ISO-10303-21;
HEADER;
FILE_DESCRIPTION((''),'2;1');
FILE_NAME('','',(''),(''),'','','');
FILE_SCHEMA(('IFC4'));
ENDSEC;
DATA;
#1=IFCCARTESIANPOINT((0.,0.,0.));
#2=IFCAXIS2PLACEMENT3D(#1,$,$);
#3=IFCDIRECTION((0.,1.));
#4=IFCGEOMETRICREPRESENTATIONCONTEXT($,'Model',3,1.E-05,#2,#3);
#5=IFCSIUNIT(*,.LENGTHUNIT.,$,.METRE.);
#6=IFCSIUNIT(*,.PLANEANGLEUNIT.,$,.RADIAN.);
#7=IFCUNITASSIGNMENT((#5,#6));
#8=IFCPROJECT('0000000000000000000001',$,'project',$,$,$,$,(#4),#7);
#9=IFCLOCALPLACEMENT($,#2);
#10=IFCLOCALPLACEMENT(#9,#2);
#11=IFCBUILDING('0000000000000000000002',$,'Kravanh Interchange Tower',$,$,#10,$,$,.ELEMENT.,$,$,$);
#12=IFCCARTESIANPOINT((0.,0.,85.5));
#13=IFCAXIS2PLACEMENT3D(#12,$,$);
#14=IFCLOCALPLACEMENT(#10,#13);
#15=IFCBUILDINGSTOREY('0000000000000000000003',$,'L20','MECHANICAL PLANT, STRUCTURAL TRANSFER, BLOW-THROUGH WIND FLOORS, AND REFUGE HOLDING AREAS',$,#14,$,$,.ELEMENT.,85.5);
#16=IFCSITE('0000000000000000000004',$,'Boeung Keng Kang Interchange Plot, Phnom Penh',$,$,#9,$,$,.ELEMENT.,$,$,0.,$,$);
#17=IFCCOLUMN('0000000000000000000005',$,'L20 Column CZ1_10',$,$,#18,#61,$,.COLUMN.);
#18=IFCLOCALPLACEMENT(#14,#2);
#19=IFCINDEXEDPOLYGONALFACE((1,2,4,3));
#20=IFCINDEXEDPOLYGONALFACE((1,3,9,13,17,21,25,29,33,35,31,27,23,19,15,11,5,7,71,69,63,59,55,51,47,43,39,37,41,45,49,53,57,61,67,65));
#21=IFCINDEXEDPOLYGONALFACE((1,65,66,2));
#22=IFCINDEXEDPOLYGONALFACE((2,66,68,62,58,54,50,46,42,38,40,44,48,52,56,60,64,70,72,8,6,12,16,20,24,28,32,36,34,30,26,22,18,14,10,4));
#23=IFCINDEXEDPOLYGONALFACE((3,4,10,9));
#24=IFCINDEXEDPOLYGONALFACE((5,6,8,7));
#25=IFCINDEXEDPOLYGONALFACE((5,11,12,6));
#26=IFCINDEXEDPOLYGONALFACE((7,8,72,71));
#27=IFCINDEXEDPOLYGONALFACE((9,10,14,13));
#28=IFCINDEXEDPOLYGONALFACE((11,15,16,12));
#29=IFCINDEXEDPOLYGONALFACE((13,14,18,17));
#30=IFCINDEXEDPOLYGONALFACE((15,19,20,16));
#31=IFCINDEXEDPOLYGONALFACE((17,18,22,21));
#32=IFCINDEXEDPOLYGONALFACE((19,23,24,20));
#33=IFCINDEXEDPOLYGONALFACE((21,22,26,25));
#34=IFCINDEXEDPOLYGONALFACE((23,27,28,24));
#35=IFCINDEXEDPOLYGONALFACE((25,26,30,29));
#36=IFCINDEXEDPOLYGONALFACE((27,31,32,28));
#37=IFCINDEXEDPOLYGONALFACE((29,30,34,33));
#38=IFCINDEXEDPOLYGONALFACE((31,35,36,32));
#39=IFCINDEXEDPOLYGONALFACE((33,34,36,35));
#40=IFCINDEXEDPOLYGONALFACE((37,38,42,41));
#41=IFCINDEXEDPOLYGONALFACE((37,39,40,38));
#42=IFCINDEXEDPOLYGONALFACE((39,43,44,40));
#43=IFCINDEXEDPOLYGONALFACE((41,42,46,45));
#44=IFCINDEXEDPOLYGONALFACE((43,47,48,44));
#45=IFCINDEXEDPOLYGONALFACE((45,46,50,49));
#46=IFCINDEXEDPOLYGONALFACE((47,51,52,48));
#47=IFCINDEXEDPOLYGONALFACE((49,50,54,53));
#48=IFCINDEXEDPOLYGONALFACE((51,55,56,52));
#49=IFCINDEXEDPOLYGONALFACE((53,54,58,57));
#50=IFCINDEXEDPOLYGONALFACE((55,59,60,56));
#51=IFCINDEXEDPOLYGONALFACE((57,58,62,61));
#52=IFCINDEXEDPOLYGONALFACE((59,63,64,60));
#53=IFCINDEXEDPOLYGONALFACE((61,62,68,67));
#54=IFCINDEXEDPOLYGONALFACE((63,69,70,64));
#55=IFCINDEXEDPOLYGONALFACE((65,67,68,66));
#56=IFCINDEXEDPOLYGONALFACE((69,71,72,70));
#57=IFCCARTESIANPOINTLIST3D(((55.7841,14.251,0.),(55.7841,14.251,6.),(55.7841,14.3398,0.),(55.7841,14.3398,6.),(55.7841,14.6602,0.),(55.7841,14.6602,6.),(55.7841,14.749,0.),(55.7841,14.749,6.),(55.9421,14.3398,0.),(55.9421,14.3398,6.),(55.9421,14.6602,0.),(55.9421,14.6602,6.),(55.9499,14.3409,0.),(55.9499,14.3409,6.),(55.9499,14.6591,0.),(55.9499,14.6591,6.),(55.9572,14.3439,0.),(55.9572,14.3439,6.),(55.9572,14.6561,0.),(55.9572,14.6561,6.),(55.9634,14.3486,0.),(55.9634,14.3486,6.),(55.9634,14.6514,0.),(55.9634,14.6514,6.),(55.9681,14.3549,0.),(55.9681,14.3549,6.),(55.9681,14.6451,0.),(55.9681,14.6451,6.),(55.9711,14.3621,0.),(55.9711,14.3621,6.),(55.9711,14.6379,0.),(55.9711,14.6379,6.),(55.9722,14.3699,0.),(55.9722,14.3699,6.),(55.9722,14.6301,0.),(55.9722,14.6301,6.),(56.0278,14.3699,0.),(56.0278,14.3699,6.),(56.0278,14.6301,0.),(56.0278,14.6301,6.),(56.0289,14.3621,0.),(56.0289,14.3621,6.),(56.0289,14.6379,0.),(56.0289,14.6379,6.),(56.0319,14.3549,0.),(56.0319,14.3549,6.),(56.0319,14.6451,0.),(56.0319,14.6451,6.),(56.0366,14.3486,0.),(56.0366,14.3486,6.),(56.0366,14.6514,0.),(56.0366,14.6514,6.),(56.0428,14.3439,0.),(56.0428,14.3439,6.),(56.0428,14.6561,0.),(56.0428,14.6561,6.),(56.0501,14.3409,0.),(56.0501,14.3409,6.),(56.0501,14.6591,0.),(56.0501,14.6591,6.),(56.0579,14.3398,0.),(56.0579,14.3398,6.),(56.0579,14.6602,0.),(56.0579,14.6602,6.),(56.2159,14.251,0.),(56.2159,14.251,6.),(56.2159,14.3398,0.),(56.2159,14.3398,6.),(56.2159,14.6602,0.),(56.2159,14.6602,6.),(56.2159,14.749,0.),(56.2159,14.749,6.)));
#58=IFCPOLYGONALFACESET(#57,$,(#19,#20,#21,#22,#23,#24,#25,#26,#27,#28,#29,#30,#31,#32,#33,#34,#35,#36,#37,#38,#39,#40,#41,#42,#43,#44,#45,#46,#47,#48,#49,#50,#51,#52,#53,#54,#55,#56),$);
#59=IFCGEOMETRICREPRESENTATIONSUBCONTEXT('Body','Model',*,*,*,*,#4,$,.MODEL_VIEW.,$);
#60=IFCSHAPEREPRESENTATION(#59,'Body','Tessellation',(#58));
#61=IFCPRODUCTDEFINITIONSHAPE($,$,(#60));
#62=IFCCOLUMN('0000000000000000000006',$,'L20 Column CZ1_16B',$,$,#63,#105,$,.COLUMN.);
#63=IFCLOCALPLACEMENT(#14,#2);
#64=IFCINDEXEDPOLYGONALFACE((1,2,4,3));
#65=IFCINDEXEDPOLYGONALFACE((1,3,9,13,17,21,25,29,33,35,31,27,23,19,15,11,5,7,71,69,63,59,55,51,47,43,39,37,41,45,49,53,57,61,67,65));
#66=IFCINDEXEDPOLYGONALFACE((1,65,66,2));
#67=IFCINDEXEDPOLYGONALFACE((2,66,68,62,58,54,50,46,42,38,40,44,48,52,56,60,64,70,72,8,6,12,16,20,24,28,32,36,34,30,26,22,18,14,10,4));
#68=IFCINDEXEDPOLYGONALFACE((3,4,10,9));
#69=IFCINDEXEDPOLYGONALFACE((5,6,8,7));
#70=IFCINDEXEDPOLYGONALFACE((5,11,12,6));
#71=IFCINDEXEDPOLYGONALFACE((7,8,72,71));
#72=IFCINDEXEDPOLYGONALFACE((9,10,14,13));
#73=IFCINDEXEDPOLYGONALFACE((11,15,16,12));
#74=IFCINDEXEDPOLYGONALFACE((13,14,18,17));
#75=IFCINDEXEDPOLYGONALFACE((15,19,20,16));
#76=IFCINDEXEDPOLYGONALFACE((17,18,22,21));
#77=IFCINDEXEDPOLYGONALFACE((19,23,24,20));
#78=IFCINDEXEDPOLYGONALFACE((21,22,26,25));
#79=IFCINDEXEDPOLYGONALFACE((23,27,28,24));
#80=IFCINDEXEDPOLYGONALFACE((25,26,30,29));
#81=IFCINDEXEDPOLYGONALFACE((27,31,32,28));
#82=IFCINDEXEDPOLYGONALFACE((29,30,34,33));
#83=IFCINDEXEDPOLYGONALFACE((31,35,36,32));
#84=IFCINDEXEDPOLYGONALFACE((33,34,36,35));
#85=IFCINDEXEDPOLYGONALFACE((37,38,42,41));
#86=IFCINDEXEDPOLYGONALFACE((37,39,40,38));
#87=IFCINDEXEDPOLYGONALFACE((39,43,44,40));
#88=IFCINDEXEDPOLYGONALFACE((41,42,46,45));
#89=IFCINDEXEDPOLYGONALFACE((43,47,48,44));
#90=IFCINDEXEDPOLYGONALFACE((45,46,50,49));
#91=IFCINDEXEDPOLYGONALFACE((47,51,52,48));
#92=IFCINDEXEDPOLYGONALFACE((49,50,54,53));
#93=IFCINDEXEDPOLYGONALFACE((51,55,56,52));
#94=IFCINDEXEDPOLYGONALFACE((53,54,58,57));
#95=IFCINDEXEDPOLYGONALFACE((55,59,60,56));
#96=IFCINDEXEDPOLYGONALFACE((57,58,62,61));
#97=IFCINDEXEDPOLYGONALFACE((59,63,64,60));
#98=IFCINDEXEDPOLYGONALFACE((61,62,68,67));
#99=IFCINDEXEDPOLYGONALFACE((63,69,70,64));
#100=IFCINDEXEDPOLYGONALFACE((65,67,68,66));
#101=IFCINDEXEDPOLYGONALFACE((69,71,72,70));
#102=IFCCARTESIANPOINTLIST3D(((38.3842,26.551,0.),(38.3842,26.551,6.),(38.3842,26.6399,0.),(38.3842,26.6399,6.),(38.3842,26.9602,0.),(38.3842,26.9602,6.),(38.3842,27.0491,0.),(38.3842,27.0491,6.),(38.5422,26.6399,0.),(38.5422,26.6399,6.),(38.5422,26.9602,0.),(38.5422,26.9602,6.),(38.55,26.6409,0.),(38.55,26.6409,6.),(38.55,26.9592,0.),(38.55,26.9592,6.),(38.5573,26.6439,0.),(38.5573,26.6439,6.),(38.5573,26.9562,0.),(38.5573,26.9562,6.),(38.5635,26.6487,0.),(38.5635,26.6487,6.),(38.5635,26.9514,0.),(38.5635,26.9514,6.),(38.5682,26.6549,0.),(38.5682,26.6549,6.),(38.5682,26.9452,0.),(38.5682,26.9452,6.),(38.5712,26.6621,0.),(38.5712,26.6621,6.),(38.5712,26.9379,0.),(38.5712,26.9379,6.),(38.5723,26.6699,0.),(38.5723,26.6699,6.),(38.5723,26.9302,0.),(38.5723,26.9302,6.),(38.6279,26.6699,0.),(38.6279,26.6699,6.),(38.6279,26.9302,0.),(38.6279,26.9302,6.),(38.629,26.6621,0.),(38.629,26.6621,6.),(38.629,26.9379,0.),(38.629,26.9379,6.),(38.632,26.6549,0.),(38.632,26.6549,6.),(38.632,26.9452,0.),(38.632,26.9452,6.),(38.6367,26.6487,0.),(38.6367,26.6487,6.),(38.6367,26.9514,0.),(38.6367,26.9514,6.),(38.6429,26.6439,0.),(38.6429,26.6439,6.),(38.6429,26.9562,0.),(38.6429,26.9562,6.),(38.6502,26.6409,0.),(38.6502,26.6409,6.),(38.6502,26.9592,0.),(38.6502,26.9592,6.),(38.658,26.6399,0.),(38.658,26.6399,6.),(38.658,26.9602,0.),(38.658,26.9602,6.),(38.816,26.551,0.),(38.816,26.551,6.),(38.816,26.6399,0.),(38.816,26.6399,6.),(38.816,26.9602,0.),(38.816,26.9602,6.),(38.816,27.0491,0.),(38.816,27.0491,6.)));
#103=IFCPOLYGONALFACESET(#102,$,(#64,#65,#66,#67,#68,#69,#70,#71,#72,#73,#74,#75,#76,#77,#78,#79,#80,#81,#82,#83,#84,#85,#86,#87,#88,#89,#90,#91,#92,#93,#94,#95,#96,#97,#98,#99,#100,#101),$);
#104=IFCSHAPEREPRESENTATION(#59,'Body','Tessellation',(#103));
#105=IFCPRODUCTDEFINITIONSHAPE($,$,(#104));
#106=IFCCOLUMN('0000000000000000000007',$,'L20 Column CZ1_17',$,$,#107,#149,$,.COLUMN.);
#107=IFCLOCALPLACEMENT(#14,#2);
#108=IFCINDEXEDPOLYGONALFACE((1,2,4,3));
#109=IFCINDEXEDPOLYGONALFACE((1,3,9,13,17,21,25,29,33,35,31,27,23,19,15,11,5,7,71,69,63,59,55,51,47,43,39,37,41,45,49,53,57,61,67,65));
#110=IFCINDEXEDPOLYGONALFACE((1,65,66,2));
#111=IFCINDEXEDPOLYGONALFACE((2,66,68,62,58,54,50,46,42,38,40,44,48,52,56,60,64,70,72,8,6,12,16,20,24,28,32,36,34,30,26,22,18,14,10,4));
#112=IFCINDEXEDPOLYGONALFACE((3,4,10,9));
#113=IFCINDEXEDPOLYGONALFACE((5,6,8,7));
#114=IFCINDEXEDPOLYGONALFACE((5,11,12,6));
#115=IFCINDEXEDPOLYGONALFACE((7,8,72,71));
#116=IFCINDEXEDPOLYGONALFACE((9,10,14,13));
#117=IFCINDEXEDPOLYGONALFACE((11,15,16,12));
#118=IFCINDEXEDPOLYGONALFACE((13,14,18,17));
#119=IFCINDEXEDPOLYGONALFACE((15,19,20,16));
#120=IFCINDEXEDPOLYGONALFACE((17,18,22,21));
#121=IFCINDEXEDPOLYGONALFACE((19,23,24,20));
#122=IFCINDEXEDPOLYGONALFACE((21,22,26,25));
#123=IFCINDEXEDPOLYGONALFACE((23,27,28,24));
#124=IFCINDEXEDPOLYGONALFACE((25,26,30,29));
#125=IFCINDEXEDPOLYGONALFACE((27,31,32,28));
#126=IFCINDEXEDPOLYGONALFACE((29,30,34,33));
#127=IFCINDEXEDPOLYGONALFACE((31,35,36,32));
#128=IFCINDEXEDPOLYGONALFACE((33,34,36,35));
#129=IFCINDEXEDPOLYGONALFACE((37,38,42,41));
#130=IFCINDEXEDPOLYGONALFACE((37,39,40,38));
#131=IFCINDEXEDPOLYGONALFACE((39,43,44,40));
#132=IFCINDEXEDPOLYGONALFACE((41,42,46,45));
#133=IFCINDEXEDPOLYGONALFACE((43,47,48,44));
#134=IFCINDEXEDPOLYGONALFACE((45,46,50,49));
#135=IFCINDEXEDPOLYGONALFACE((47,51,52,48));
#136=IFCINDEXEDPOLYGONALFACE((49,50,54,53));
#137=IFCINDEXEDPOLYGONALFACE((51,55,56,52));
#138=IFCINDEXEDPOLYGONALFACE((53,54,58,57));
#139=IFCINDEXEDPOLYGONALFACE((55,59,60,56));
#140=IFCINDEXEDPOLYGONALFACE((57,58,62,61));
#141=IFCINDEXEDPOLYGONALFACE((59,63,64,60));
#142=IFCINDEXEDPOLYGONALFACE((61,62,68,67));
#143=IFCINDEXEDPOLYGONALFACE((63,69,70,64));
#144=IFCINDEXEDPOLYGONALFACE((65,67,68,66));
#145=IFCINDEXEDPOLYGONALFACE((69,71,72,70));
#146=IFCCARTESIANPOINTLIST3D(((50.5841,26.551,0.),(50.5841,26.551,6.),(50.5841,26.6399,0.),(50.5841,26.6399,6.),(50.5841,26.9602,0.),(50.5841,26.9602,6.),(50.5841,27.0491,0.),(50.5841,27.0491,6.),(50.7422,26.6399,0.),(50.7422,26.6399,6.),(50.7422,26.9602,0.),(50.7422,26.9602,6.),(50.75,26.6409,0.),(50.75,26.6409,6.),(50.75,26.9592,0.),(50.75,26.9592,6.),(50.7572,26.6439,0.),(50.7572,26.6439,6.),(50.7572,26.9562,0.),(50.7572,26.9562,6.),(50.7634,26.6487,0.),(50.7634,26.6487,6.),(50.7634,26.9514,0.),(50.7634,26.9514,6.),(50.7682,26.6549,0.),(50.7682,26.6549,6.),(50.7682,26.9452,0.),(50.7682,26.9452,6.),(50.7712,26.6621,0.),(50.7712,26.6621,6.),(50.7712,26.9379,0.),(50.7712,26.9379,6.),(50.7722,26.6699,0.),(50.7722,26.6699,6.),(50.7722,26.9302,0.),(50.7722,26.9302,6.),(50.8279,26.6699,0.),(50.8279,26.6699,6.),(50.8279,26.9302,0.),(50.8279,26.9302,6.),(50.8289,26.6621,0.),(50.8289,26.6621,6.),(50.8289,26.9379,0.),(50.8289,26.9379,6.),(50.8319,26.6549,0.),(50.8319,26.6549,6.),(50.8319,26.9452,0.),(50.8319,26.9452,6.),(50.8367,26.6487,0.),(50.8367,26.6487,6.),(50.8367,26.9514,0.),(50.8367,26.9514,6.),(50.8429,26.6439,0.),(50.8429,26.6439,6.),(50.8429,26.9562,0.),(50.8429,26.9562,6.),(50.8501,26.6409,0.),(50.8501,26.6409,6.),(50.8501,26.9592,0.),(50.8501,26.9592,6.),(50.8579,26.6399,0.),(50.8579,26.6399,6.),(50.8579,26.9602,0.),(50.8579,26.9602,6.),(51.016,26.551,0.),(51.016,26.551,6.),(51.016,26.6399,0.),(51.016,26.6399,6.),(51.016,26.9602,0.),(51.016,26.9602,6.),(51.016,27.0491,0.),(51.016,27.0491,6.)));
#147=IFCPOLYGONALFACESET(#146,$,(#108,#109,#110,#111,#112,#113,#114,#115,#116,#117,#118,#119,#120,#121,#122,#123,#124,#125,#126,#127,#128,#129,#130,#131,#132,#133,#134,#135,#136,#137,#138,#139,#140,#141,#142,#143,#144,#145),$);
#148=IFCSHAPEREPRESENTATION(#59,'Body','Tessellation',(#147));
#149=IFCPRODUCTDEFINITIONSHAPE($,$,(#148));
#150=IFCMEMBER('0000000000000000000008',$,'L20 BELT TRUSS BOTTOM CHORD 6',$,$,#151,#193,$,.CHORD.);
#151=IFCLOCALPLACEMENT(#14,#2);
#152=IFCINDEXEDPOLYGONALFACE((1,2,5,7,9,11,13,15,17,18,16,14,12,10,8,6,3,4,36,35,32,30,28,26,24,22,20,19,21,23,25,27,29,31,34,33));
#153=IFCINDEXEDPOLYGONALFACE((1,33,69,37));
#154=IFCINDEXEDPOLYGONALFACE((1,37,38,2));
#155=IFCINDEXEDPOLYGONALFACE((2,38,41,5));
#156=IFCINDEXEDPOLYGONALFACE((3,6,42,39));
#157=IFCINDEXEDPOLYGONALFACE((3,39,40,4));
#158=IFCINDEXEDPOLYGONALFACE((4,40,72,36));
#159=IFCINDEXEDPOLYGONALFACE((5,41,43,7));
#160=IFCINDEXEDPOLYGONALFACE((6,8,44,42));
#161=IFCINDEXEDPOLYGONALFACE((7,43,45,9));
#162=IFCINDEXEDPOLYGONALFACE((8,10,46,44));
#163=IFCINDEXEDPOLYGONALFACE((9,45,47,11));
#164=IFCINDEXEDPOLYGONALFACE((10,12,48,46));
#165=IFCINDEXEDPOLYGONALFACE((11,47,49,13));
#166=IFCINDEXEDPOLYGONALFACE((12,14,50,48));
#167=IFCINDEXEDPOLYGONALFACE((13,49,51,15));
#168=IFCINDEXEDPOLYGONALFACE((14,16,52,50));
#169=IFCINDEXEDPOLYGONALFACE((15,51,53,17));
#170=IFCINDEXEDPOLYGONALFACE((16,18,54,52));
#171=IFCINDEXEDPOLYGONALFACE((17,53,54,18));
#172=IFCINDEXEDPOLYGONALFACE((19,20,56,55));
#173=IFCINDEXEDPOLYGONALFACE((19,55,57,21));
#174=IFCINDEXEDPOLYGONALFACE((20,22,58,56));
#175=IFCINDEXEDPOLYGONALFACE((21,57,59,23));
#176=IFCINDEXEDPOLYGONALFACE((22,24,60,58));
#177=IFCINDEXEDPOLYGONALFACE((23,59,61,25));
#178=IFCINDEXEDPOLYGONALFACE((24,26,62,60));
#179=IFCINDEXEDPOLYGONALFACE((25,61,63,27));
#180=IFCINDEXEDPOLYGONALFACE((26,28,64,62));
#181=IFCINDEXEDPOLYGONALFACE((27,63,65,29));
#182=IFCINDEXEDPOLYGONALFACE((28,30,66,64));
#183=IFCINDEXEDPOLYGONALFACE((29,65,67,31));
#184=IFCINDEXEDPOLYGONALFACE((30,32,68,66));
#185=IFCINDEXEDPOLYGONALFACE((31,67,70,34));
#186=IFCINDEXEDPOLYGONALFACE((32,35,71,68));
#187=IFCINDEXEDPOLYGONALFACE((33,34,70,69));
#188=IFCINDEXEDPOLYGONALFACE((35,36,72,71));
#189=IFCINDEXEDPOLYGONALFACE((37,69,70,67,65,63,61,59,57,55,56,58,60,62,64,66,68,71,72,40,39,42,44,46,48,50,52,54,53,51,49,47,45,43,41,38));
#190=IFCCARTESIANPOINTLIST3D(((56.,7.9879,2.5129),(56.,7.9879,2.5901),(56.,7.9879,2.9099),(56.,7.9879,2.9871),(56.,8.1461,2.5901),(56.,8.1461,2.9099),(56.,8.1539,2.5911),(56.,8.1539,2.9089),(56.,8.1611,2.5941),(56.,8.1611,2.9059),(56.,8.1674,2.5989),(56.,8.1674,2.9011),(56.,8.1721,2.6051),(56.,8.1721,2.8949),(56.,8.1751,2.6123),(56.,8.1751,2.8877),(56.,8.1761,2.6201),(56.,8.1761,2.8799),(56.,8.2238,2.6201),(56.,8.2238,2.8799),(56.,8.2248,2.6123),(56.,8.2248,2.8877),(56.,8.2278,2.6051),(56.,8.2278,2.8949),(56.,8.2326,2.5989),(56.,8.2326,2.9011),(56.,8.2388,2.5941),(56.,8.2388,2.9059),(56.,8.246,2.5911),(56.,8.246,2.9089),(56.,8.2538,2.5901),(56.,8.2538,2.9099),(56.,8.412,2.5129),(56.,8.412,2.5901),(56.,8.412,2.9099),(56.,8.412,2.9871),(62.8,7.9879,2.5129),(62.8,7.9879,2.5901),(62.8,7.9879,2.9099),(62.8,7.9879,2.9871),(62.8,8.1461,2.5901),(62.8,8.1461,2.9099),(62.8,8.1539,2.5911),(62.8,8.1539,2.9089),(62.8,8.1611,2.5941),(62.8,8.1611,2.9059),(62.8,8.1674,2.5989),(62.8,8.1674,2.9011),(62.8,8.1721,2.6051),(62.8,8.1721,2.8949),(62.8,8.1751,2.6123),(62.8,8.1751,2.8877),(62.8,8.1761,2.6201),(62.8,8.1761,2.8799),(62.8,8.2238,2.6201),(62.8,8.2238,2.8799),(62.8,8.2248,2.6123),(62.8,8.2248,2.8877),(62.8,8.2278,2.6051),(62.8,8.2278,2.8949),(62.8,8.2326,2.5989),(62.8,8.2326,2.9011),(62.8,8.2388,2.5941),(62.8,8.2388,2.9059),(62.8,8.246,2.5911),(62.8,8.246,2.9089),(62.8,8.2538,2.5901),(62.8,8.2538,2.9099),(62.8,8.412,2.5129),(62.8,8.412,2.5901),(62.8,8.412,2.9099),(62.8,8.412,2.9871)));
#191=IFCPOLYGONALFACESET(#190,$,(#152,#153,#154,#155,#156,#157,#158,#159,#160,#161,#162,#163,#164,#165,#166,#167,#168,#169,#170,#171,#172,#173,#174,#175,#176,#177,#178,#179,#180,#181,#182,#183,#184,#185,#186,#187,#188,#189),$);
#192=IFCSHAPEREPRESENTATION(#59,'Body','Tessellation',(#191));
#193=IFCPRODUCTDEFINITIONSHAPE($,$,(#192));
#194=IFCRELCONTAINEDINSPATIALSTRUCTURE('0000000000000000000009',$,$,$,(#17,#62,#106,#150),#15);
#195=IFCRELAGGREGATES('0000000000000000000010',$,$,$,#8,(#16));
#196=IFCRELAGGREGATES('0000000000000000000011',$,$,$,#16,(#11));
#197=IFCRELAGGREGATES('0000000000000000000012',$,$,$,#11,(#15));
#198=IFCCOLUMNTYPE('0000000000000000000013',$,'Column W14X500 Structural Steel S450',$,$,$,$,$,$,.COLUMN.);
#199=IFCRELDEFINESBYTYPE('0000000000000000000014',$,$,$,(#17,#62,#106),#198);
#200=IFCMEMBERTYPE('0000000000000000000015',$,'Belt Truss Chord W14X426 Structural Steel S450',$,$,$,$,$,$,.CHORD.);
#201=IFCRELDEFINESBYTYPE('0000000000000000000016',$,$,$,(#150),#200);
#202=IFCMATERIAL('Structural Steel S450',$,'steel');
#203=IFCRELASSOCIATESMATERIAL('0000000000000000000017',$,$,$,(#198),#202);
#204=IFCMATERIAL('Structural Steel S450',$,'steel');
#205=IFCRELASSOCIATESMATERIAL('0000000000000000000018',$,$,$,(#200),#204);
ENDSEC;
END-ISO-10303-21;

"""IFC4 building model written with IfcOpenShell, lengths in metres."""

from ifc_helpers import new_model, si_unit, direction, frame, origin, origin_2d, place, context, subcontext, project, spatial, i_section, extrude, material, material_profile, profile_set, type_object, element, save


model = new_model("IFC4")

# Units and contexts
model_context = context("Model", 3, precision=1e-05, world=origin(), true_north=direction((0.0, 1.0)))
body_context = subcontext(model_context, "Body", "Model", "MODEL_VIEW")
ifc_project = project(units=[si_unit("LENGTHUNIT", "METRE"), si_unit("PLANEANGLEUNIT", "RADIAN")], contexts=[model_context])

# Site, building, storey
site_placement = place(None, origin())
site = spatial("IfcSite", under=ifc_project, at=site_placement, Name="Boeung Keng Kang Interchange Plot, Phnom Penh", CompositionType="ELEMENT", RefElevation=0.0)
building_placement = place(site_placement, origin())
building = spatial("IfcBuilding", under=site, at=building_placement, Name="Kravanh Interchange Tower", CompositionType="ELEMENT")
storey_placement = place(building_placement, frame((0.0, 0.0, 85.5)))
storey = spatial("IfcBuildingStorey", under=building, at=storey_placement, Name="L20", Description="MECHANICAL PLANT, STRUCTURAL TRANSFER, BLOW-THROUGH WIND FLOORS, AND REFUGE HOLDING AREAS", CompositionType="ELEMENT", Elevation=85.5)

# Columns
ifc_material_1 = material(Name="Structural Steel S450", Category="steel")
ifc_material_profile_1 = material_profile(ifc_material_1, i_section(OverallWidth=0.4319, OverallDepth=0.498, WebThickness=0.0557, FlangeThickness=0.0889, FilletRadius=0.03, at=origin_2d()), Name="W14X500")
ifc_profile_set_1 = profile_set([ifc_material_profile_1], Name="Structural Steel S450")
column_type = type_object("IfcColumnType", Name="Column W14X500 Structural Steel S450", PredefinedType="COLUMN", material=ifc_profile_set_1)
for number, where, z_axis, x_axis, name in (
    (1, (56.0, 14.5, 0.0), (0.0, 0.0, 1.0), (1.0, 0.0, 0.0), "L20 Column CZ1_10"),
    (2, (38.6001, 26.8, 0.0), (0.0, 0.0, 1.0), (1.0, 0.0, 0.0), "L20 Column CZ1_16B"),
    (3, (50.8, 26.8, 0.0), (0.0, 0.0, 1.0), (1.0, 0.0, 0.0), "L20 Column CZ1_17"),
):
    element("IfcColumn", number, at=place(storey_placement, frame(where, z_axis=z_axis, x_axis=x_axis)), inside=storey, type_object=column_type, Name=name, PredefinedType="COLUMN", context=body_context, shape_type="SweptSolid", body=[
        extrude(i_section(OverallWidth=0.4319, OverallDepth=0.498, WebThickness=0.0557, FlangeThickness=0.0889, FilletRadius=0.03, at=origin_2d()), origin(), (0.0, 0.0, 1.0), 6.0),
    ])

# Member
ifc_material_2 = material(Name="Structural Steel S450", Category="steel")
ifc_material_profile_2 = material_profile(ifc_material_2, i_section(OverallWidth=0.4241, OverallDepth=0.4741, WebThickness=0.0476, FlangeThickness=0.0771, FilletRadius=0.03, at=origin_2d()), Name="W14X426")
ifc_profile_set_2 = profile_set([ifc_material_profile_2], Name="Structural Steel S450")
member_type_1 = type_object("IfcMemberType", Name="Belt Truss Chord W14X426 Structural Steel S450", PredefinedType="CHORD", material=ifc_profile_set_2)
for number, where, z_axis, x_axis, name in (
    (4, (56.0, 8.2, 2.75), (1.0, 0.0, 0.0), (0.0, 1.0, 0.0), "L20 BELT TRUSS BOTTOM CHORD 6"),
):
    element("IfcMember", number, at=place(storey_placement, frame(where, z_axis=z_axis, x_axis=x_axis)), inside=storey, type_object=member_type_1, Name=name, PredefinedType="CHORD", context=body_context, shape_type="SweptSolid", body=[
        extrude(i_section(OverallWidth=0.4241, OverallDepth=0.4741, WebThickness=0.0476, FlangeThickness=0.0771, FilletRadius=0.03, at=origin_2d()), origin(), (0.0, 0.0, 1.0), 6.8),
    ])

save(model, "model.ifc")
